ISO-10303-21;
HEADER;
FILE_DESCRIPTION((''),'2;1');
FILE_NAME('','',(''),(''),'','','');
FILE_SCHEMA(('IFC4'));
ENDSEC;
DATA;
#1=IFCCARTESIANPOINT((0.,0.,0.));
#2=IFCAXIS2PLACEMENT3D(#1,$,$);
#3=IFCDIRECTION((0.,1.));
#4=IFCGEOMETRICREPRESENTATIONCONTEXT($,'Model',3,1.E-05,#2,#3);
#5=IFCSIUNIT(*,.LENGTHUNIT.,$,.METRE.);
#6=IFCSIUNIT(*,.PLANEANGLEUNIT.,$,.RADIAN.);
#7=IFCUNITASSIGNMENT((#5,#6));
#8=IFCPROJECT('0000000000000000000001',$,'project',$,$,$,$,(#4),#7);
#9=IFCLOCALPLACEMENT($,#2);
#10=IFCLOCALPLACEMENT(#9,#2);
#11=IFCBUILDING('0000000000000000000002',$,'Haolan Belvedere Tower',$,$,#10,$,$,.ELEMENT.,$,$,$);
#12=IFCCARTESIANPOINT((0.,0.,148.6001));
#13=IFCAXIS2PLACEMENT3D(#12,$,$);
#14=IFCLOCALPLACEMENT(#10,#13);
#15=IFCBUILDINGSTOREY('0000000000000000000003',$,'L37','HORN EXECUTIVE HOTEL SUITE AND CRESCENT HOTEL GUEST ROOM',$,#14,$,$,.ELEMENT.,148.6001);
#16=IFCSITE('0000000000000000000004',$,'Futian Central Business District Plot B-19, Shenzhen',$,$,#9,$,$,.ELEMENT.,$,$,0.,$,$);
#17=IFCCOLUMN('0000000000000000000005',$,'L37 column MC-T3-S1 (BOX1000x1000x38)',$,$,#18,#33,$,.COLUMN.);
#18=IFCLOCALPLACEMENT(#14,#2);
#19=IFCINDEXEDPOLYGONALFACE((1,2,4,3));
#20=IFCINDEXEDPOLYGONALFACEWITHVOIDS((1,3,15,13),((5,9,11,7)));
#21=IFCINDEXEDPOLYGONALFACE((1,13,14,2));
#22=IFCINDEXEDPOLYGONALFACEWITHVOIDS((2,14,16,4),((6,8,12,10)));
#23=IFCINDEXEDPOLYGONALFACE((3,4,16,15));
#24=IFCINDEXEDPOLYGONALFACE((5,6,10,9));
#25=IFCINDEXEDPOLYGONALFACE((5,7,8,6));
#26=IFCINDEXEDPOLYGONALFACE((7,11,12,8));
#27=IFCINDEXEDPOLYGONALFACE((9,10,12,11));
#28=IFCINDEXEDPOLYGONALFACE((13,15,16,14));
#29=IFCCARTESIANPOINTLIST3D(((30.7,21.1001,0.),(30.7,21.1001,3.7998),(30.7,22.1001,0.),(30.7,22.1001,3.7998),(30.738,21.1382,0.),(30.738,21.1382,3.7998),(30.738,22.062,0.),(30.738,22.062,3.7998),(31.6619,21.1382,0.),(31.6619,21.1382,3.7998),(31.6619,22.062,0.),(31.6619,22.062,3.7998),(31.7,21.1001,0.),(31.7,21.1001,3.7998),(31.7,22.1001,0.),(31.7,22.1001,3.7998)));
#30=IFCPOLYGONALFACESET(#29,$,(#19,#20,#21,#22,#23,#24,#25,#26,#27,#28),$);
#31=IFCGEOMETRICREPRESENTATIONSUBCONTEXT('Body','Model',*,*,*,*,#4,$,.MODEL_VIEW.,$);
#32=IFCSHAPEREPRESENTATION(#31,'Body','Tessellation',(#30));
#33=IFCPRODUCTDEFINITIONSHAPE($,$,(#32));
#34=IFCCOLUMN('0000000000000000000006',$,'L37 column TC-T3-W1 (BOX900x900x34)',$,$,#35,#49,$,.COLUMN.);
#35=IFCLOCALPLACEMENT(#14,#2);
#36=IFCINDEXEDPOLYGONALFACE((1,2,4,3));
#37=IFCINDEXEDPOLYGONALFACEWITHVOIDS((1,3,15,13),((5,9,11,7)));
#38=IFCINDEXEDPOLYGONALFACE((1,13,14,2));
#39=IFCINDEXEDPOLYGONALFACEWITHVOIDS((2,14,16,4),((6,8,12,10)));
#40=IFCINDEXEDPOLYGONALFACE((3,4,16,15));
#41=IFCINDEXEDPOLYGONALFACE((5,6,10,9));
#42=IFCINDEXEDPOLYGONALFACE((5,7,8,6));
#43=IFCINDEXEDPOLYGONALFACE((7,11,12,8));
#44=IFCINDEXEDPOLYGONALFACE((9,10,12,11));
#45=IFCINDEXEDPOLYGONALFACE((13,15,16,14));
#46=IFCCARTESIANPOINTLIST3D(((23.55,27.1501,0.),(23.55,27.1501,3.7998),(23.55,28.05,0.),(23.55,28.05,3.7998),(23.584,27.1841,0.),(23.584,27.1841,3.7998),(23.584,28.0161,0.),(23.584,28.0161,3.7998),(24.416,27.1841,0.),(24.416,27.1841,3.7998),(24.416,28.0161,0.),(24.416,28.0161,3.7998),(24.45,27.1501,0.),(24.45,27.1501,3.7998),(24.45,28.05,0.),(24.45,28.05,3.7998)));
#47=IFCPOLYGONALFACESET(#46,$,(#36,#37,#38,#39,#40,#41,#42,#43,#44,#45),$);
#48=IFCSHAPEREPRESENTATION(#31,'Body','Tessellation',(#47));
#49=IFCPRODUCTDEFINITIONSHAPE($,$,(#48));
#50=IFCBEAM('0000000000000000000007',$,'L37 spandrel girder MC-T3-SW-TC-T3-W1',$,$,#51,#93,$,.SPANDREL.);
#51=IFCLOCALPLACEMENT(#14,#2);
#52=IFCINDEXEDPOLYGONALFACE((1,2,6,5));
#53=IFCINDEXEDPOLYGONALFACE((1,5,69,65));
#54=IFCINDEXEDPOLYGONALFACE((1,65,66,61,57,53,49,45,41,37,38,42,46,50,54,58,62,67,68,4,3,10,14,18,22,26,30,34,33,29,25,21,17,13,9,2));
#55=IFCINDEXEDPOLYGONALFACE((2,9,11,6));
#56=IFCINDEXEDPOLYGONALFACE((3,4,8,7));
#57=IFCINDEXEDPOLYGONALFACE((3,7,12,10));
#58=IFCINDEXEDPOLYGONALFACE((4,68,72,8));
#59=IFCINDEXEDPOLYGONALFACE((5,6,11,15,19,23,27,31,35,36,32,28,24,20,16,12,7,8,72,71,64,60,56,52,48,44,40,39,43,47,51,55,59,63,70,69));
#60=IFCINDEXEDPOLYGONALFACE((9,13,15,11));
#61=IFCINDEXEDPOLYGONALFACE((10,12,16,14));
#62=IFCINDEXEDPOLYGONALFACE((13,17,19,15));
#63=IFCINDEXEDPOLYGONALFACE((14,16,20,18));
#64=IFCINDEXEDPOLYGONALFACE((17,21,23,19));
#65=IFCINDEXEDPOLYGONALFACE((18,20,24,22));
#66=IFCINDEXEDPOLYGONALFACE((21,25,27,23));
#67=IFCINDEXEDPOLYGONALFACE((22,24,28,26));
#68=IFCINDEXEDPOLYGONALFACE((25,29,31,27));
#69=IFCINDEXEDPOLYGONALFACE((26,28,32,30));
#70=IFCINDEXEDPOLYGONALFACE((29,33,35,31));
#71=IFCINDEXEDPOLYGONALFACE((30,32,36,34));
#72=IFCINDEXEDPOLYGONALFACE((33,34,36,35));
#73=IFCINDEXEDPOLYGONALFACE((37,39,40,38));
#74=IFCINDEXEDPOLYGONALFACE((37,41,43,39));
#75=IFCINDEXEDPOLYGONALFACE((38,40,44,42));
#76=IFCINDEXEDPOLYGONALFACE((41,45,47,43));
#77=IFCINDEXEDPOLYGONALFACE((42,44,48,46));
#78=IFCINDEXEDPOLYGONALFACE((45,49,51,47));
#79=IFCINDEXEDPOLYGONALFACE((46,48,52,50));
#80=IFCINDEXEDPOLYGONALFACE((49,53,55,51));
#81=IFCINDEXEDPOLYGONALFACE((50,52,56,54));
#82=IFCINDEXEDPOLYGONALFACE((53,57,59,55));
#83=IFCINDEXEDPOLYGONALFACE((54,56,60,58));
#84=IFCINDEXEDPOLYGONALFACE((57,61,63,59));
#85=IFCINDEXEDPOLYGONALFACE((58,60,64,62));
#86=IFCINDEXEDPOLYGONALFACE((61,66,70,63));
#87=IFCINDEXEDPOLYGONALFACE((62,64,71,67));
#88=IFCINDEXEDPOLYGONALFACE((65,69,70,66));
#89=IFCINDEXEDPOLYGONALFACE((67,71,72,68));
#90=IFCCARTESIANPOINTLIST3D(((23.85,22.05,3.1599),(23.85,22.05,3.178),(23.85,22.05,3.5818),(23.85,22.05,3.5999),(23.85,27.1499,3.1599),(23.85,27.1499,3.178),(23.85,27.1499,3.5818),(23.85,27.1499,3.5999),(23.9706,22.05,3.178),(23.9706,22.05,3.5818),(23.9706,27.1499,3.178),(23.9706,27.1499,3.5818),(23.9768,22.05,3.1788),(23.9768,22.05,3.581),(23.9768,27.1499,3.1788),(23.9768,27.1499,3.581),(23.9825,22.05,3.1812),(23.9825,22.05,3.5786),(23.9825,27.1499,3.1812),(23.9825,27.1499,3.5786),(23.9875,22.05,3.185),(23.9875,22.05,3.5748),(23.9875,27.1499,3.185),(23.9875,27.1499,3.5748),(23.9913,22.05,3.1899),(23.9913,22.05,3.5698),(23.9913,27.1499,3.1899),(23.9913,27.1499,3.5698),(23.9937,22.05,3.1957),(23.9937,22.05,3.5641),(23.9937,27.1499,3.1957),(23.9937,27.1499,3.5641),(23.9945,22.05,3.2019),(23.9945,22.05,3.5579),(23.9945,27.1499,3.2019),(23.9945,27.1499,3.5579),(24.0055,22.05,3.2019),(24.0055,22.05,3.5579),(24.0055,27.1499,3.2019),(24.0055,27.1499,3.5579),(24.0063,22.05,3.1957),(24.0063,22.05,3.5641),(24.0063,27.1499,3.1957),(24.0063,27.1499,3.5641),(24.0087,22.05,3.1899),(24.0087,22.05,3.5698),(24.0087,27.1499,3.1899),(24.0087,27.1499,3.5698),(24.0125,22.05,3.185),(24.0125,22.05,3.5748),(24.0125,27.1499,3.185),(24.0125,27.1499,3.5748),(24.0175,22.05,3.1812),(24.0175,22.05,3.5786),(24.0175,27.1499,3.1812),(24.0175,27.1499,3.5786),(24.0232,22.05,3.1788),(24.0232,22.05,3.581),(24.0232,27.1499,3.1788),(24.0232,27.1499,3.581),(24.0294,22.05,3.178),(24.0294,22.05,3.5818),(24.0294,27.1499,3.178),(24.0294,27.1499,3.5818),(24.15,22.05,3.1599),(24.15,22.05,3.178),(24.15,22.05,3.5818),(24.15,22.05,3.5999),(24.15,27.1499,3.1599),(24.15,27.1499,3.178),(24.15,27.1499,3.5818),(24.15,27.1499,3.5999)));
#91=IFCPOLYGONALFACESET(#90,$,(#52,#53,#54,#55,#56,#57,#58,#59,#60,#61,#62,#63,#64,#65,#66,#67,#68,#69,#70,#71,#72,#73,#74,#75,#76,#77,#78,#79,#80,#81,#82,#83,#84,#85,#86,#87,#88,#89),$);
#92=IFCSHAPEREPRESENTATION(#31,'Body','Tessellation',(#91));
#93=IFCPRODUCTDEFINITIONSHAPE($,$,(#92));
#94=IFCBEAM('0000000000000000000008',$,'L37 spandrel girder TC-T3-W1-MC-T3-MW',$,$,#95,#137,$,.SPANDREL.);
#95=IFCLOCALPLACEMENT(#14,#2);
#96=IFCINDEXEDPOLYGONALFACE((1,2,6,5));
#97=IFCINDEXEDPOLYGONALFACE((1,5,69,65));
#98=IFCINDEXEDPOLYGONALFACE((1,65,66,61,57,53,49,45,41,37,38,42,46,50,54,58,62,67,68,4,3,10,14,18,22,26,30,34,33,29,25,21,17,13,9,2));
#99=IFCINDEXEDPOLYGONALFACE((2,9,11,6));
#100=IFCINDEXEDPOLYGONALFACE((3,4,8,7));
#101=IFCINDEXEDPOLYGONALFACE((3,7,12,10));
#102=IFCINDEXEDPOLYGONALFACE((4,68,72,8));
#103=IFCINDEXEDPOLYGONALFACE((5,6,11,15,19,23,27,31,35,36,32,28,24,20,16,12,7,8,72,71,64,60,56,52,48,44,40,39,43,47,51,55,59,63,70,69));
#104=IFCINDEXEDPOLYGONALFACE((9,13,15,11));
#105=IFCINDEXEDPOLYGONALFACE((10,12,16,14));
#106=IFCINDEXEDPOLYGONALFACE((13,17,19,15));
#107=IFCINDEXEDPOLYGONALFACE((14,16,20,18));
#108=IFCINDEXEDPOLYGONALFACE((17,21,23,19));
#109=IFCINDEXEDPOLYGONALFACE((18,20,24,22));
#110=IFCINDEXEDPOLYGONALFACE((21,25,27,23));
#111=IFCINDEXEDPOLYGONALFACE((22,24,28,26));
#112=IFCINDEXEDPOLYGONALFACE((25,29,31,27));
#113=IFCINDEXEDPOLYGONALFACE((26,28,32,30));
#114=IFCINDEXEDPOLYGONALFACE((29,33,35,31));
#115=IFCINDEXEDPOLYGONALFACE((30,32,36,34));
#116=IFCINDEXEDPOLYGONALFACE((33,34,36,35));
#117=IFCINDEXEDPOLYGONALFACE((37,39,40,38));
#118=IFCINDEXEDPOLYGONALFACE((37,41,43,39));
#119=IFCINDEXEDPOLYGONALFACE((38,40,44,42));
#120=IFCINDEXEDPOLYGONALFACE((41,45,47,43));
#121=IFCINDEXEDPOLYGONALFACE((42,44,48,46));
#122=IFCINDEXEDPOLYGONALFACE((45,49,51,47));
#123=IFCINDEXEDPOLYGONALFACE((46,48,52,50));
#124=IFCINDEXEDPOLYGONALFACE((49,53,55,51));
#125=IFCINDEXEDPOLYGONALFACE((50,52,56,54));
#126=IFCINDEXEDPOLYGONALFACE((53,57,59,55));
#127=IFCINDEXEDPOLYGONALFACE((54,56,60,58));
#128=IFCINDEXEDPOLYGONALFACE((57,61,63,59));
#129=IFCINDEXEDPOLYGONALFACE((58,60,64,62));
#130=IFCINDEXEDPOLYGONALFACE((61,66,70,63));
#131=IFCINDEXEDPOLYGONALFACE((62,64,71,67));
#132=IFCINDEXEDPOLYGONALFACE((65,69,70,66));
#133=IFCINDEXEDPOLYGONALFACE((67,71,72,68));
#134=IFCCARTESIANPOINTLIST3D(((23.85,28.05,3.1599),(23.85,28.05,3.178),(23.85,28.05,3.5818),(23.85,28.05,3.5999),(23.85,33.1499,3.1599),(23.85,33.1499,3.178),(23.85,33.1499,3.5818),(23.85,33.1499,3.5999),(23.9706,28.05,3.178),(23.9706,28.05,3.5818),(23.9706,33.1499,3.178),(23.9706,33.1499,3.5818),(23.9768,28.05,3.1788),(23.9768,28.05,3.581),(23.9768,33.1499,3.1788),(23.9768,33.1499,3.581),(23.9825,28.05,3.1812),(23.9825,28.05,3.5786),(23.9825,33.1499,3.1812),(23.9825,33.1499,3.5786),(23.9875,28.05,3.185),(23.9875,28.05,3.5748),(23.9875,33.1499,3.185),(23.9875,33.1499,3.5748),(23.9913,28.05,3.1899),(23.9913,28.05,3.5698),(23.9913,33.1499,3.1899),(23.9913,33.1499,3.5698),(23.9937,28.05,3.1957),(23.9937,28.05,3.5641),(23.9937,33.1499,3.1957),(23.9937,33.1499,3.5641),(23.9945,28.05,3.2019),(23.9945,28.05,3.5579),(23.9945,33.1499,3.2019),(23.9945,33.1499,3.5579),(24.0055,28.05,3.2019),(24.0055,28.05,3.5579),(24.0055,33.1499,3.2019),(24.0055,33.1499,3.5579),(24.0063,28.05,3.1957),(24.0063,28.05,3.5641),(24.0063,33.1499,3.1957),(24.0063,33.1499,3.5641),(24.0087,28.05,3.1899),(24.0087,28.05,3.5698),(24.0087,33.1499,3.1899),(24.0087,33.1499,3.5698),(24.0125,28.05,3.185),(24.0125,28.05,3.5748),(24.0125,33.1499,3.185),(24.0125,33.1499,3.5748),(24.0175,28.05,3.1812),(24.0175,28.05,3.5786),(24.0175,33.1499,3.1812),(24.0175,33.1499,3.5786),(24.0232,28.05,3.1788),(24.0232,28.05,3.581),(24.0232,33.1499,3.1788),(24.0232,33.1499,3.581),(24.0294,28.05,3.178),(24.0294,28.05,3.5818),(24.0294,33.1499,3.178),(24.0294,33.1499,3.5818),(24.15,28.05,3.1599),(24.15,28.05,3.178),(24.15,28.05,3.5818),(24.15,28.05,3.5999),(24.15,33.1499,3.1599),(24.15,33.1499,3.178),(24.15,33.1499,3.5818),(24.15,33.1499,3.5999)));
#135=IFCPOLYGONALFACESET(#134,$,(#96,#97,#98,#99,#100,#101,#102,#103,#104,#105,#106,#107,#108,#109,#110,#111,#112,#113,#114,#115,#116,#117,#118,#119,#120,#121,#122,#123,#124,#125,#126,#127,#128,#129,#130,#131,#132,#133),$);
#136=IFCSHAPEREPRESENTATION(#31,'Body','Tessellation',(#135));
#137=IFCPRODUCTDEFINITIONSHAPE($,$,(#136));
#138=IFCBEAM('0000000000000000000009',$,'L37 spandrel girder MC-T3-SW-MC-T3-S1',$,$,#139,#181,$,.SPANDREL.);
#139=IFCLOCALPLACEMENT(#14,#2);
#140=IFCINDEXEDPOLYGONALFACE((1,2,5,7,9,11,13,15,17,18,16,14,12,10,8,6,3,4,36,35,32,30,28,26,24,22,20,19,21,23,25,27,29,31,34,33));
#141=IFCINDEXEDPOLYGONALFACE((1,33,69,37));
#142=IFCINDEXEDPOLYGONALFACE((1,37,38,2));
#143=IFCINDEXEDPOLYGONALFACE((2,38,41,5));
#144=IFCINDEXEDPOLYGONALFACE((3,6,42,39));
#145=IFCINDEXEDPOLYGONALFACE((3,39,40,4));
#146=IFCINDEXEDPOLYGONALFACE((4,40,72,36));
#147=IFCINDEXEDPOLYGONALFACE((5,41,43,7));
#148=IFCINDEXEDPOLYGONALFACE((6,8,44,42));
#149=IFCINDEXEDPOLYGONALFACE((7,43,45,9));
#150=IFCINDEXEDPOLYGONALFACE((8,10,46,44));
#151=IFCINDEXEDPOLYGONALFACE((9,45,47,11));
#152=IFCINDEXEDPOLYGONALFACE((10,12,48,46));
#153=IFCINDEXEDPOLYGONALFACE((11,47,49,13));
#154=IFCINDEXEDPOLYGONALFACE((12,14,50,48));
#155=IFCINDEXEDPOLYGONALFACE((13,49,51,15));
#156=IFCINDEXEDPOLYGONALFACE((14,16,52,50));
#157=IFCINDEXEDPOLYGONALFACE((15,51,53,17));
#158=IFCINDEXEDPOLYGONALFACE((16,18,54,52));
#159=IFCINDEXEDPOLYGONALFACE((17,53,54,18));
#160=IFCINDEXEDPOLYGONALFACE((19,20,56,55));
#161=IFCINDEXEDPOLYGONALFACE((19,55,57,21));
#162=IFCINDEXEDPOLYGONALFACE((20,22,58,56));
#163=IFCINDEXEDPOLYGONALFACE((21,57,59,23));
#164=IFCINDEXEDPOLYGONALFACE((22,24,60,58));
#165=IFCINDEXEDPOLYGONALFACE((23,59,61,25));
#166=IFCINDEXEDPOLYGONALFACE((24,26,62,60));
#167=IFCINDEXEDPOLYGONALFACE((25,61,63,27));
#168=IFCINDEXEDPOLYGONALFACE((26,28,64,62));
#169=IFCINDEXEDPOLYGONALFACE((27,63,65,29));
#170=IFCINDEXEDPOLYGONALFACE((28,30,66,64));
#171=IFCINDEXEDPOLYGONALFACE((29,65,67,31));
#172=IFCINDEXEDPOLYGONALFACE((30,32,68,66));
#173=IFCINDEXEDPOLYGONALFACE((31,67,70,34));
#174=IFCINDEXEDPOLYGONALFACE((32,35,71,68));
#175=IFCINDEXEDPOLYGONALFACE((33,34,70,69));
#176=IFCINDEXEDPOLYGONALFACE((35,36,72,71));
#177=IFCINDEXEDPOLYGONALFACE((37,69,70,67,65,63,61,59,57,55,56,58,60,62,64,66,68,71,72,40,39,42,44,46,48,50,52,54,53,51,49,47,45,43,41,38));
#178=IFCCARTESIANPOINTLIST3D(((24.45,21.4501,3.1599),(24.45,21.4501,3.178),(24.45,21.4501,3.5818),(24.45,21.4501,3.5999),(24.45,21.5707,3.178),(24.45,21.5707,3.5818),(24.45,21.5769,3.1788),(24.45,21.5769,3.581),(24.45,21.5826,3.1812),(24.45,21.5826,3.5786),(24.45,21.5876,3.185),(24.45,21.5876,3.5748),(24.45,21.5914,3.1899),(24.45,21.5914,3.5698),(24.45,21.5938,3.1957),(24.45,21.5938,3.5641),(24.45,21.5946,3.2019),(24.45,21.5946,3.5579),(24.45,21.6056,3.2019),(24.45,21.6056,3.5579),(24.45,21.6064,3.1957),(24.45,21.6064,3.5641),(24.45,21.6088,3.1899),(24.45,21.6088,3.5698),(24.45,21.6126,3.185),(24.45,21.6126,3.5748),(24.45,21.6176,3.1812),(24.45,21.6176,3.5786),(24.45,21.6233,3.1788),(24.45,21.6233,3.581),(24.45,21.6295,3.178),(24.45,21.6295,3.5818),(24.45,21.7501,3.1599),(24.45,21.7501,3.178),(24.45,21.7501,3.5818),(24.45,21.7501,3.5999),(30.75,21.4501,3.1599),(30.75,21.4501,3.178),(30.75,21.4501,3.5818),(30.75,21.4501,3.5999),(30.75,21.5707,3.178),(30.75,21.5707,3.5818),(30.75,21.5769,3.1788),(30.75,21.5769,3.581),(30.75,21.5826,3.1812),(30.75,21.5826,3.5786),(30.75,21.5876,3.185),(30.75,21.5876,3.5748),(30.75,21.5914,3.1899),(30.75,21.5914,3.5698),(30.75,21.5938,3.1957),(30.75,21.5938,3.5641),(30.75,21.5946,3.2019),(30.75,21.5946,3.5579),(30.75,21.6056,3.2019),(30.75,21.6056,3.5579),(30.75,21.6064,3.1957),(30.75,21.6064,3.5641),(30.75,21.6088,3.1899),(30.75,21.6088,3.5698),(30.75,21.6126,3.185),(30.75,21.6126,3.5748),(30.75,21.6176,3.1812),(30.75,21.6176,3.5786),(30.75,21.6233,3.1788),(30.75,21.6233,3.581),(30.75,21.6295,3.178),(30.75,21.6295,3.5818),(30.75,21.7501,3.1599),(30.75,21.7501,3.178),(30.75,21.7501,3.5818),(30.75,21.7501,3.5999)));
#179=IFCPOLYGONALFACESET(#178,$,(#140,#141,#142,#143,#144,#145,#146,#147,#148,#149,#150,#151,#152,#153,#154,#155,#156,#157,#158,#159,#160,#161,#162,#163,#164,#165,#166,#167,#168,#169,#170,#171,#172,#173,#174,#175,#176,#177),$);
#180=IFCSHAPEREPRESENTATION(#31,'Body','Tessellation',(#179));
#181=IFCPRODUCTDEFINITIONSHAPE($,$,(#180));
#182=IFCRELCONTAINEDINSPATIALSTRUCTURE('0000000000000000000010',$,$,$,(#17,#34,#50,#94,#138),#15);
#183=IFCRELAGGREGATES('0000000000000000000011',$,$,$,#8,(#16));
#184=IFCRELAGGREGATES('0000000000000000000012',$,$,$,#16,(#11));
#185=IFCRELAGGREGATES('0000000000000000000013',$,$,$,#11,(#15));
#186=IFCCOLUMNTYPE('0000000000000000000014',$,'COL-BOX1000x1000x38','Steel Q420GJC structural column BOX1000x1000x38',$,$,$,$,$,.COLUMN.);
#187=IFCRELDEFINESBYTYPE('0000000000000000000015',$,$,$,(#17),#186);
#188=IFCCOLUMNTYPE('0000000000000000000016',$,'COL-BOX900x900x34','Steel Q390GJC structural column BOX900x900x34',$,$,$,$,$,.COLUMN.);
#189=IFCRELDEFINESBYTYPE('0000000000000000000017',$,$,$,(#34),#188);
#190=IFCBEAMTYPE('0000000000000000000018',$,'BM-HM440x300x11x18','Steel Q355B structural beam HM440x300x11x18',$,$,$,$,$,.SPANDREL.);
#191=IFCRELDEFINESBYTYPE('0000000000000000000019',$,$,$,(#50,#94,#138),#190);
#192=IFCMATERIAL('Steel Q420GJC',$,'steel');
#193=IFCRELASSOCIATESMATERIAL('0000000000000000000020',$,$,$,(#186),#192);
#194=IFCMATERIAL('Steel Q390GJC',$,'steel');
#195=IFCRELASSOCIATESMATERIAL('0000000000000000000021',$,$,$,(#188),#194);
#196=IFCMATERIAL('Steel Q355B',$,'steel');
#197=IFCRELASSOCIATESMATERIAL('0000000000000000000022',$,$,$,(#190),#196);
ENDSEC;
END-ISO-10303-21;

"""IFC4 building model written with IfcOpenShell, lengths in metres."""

from ifc_helpers import new_model, si_unit, direction, frame, origin, origin_2d, place, context, subcontext, project, spatial, hollow_rectangle, i_section, extrude, material, material_profile, profile_set, type_object, element, save


model = new_model("IFC4")

# Units and contexts
model_context = context("Model", 3, precision=1e-05, world=origin(), true_north=direction((0.0, 1.0)))
body_context = subcontext(model_context, "Body", "Model", "MODEL_VIEW")
ifc_project = project(units=[si_unit("LENGTHUNIT", "METRE"), si_unit("PLANEANGLEUNIT", "RADIAN")], contexts=[model_context])

# Site, building, storey
site_placement = place(None, origin())
site = spatial("IfcSite", under=ifc_project, at=site_placement, Name="Futian Central Business District Plot B-19, Shenzhen", CompositionType="ELEMENT", RefElevation=0.0)
building_placement = place(site_placement, origin())
building = spatial("IfcBuilding", under=site, at=building_placement, Name="Haolan Belvedere Tower", CompositionType="ELEMENT")
storey_placement = place(building_placement, frame((0.0, 0.0, 148.6001)))
storey = spatial("IfcBuildingStorey", under=building, at=storey_placement, Name="L37", Description="HORN EXECUTIVE HOTEL SUITE AND CRESCENT HOTEL GUEST ROOM", CompositionType="ELEMENT", Elevation=148.6001)

# Columns
ifc_material_1 = material(Name="Steel Q420GJC", Category="steel")
ifc_material_profile_1 = material_profile(ifc_material_1, hollow_rectangle(XDim=1.0, YDim=1.0, WallThickness=0.0381, at=origin_2d()), Name="Steel Q420GJC")
ifc_profile_set_1 = profile_set([ifc_material_profile_1], Name="Steel Q420GJC")
column_type_1 = type_object("IfcColumnType", Name="COL-BOX1000x1000x38", Description="Steel Q420GJC structural column BOX1000x1000x38", PredefinedType="COLUMN", material=ifc_profile_set_1)
column_1_placement = place(storey_placement, frame((31.2, 21.6001, 0.0), z_axis=(0.0, 0.0, 1.0), x_axis=(1.0, 0.0, 0.0)))
element("IfcColumn", 1, at=column_1_placement, inside=storey, type_object=column_type_1, Name="L37 column MC-T3-S1 (BOX1000x1000x38)", PredefinedType="COLUMN", context=body_context, shape_type="SweptSolid", body=[
    extrude(hollow_rectangle(XDim=1.0, YDim=1.0, WallThickness=0.0381, at=origin_2d()), origin(), (0.0, 0.0, 1.0), 3.7998),
])
ifc_material_2 = material(Name="Steel Q390GJC", Category="steel")
ifc_material_profile_2 = material_profile(ifc_material_2, hollow_rectangle(XDim=0.8999, YDim=0.8999, WallThickness=0.0339, at=origin_2d()), Name="Steel Q390GJC")
ifc_profile_set_2 = profile_set([ifc_material_profile_2], Name="Steel Q390GJC")
column_type_2 = type_object("IfcColumnType", Name="COL-BOX900x900x34", Description="Steel Q390GJC structural column BOX900x900x34", PredefinedType="COLUMN", material=ifc_profile_set_2)
column_2_placement = place(storey_placement, frame((24.0, 27.6001, 0.0), z_axis=(0.0, 0.0, 1.0), x_axis=(1.0, 0.0, 0.0)))
element("IfcColumn", 2, at=column_2_placement, inside=storey, type_object=column_type_2, Name="L37 column TC-T3-W1 (BOX900x900x34)", PredefinedType="COLUMN", context=body_context, shape_type="SweptSolid", body=[
    extrude(hollow_rectangle(XDim=0.8999, YDim=0.8999, WallThickness=0.0339, at=origin_2d()), origin(), (0.0, 0.0, 1.0), 3.7998),
])

# Beams
ifc_material_3 = material(Name="Steel Q355B", Category="steel")
ifc_material_profile_3 = material_profile(ifc_material_3, i_section(OverallWidth=0.3, OverallDepth=0.4399, WebThickness=0.011, FlangeThickness=0.0181, FilletRadius=0.0239, at=origin_2d()), Name="Steel Q355B")
ifc_profile_set_3 = profile_set([ifc_material_profile_3], Name="Steel Q355B")
beam_type_1 = type_object("IfcBeamType", Name="BM-HM440x300x11x18", Description="Steel Q355B structural beam HM440x300x11x18", PredefinedType="SPANDREL", material=ifc_profile_set_3)
for number, where, z_axis, x_axis, name in (
    (3, (24.0, 22.05, 3.3799), (0.0, 1.0, 0.0), (-1.0, 0.0, 0.0), "L37 spandrel girder MC-T3-SW-TC-T3-W1"),
    (4, (24.0, 28.05, 3.3799), (0.0, 1.0, 0.0), (-1.0, 0.0, 0.0), "L37 spandrel girder TC-T3-W1-MC-T3-MW"),
):
    element("IfcBeam", number, at=place(storey_placement, frame(where, z_axis=z_axis, x_axis=x_axis)), inside=storey, type_object=beam_type_1, Name=name, PredefinedType="SPANDREL", context=body_context, shape_type="SweptSolid", body=[
        extrude(i_section(OverallWidth=0.3, OverallDepth=0.4399, WebThickness=0.011, FlangeThickness=0.0181, FilletRadius=0.0239, at=origin_2d()), origin(), (0.0, 0.0, 1.0), 5.0999),
    ])
for number, where, z_axis, x_axis, name in (
    (5, (24.45, 21.6001, 3.3799), (1.0, 0.0, 0.0), (0.0, 1.0, 0.0), "L37 spandrel girder MC-T3-SW-MC-T3-S1"),
):
    element("IfcBeam", number, at=place(storey_placement, frame(where, z_axis=z_axis, x_axis=x_axis)), inside=storey, type_object=beam_type_1, Name=name, PredefinedType="SPANDREL", context=body_context, shape_type="SweptSolid", body=[
        extrude(i_section(OverallWidth=0.3, OverallDepth=0.4399, WebThickness=0.011, FlangeThickness=0.0181, FilletRadius=0.0239, at=origin_2d()), origin(), (0.0, 0.0, 1.0), 6.3),
    ])

save(model, "model.ifc")
